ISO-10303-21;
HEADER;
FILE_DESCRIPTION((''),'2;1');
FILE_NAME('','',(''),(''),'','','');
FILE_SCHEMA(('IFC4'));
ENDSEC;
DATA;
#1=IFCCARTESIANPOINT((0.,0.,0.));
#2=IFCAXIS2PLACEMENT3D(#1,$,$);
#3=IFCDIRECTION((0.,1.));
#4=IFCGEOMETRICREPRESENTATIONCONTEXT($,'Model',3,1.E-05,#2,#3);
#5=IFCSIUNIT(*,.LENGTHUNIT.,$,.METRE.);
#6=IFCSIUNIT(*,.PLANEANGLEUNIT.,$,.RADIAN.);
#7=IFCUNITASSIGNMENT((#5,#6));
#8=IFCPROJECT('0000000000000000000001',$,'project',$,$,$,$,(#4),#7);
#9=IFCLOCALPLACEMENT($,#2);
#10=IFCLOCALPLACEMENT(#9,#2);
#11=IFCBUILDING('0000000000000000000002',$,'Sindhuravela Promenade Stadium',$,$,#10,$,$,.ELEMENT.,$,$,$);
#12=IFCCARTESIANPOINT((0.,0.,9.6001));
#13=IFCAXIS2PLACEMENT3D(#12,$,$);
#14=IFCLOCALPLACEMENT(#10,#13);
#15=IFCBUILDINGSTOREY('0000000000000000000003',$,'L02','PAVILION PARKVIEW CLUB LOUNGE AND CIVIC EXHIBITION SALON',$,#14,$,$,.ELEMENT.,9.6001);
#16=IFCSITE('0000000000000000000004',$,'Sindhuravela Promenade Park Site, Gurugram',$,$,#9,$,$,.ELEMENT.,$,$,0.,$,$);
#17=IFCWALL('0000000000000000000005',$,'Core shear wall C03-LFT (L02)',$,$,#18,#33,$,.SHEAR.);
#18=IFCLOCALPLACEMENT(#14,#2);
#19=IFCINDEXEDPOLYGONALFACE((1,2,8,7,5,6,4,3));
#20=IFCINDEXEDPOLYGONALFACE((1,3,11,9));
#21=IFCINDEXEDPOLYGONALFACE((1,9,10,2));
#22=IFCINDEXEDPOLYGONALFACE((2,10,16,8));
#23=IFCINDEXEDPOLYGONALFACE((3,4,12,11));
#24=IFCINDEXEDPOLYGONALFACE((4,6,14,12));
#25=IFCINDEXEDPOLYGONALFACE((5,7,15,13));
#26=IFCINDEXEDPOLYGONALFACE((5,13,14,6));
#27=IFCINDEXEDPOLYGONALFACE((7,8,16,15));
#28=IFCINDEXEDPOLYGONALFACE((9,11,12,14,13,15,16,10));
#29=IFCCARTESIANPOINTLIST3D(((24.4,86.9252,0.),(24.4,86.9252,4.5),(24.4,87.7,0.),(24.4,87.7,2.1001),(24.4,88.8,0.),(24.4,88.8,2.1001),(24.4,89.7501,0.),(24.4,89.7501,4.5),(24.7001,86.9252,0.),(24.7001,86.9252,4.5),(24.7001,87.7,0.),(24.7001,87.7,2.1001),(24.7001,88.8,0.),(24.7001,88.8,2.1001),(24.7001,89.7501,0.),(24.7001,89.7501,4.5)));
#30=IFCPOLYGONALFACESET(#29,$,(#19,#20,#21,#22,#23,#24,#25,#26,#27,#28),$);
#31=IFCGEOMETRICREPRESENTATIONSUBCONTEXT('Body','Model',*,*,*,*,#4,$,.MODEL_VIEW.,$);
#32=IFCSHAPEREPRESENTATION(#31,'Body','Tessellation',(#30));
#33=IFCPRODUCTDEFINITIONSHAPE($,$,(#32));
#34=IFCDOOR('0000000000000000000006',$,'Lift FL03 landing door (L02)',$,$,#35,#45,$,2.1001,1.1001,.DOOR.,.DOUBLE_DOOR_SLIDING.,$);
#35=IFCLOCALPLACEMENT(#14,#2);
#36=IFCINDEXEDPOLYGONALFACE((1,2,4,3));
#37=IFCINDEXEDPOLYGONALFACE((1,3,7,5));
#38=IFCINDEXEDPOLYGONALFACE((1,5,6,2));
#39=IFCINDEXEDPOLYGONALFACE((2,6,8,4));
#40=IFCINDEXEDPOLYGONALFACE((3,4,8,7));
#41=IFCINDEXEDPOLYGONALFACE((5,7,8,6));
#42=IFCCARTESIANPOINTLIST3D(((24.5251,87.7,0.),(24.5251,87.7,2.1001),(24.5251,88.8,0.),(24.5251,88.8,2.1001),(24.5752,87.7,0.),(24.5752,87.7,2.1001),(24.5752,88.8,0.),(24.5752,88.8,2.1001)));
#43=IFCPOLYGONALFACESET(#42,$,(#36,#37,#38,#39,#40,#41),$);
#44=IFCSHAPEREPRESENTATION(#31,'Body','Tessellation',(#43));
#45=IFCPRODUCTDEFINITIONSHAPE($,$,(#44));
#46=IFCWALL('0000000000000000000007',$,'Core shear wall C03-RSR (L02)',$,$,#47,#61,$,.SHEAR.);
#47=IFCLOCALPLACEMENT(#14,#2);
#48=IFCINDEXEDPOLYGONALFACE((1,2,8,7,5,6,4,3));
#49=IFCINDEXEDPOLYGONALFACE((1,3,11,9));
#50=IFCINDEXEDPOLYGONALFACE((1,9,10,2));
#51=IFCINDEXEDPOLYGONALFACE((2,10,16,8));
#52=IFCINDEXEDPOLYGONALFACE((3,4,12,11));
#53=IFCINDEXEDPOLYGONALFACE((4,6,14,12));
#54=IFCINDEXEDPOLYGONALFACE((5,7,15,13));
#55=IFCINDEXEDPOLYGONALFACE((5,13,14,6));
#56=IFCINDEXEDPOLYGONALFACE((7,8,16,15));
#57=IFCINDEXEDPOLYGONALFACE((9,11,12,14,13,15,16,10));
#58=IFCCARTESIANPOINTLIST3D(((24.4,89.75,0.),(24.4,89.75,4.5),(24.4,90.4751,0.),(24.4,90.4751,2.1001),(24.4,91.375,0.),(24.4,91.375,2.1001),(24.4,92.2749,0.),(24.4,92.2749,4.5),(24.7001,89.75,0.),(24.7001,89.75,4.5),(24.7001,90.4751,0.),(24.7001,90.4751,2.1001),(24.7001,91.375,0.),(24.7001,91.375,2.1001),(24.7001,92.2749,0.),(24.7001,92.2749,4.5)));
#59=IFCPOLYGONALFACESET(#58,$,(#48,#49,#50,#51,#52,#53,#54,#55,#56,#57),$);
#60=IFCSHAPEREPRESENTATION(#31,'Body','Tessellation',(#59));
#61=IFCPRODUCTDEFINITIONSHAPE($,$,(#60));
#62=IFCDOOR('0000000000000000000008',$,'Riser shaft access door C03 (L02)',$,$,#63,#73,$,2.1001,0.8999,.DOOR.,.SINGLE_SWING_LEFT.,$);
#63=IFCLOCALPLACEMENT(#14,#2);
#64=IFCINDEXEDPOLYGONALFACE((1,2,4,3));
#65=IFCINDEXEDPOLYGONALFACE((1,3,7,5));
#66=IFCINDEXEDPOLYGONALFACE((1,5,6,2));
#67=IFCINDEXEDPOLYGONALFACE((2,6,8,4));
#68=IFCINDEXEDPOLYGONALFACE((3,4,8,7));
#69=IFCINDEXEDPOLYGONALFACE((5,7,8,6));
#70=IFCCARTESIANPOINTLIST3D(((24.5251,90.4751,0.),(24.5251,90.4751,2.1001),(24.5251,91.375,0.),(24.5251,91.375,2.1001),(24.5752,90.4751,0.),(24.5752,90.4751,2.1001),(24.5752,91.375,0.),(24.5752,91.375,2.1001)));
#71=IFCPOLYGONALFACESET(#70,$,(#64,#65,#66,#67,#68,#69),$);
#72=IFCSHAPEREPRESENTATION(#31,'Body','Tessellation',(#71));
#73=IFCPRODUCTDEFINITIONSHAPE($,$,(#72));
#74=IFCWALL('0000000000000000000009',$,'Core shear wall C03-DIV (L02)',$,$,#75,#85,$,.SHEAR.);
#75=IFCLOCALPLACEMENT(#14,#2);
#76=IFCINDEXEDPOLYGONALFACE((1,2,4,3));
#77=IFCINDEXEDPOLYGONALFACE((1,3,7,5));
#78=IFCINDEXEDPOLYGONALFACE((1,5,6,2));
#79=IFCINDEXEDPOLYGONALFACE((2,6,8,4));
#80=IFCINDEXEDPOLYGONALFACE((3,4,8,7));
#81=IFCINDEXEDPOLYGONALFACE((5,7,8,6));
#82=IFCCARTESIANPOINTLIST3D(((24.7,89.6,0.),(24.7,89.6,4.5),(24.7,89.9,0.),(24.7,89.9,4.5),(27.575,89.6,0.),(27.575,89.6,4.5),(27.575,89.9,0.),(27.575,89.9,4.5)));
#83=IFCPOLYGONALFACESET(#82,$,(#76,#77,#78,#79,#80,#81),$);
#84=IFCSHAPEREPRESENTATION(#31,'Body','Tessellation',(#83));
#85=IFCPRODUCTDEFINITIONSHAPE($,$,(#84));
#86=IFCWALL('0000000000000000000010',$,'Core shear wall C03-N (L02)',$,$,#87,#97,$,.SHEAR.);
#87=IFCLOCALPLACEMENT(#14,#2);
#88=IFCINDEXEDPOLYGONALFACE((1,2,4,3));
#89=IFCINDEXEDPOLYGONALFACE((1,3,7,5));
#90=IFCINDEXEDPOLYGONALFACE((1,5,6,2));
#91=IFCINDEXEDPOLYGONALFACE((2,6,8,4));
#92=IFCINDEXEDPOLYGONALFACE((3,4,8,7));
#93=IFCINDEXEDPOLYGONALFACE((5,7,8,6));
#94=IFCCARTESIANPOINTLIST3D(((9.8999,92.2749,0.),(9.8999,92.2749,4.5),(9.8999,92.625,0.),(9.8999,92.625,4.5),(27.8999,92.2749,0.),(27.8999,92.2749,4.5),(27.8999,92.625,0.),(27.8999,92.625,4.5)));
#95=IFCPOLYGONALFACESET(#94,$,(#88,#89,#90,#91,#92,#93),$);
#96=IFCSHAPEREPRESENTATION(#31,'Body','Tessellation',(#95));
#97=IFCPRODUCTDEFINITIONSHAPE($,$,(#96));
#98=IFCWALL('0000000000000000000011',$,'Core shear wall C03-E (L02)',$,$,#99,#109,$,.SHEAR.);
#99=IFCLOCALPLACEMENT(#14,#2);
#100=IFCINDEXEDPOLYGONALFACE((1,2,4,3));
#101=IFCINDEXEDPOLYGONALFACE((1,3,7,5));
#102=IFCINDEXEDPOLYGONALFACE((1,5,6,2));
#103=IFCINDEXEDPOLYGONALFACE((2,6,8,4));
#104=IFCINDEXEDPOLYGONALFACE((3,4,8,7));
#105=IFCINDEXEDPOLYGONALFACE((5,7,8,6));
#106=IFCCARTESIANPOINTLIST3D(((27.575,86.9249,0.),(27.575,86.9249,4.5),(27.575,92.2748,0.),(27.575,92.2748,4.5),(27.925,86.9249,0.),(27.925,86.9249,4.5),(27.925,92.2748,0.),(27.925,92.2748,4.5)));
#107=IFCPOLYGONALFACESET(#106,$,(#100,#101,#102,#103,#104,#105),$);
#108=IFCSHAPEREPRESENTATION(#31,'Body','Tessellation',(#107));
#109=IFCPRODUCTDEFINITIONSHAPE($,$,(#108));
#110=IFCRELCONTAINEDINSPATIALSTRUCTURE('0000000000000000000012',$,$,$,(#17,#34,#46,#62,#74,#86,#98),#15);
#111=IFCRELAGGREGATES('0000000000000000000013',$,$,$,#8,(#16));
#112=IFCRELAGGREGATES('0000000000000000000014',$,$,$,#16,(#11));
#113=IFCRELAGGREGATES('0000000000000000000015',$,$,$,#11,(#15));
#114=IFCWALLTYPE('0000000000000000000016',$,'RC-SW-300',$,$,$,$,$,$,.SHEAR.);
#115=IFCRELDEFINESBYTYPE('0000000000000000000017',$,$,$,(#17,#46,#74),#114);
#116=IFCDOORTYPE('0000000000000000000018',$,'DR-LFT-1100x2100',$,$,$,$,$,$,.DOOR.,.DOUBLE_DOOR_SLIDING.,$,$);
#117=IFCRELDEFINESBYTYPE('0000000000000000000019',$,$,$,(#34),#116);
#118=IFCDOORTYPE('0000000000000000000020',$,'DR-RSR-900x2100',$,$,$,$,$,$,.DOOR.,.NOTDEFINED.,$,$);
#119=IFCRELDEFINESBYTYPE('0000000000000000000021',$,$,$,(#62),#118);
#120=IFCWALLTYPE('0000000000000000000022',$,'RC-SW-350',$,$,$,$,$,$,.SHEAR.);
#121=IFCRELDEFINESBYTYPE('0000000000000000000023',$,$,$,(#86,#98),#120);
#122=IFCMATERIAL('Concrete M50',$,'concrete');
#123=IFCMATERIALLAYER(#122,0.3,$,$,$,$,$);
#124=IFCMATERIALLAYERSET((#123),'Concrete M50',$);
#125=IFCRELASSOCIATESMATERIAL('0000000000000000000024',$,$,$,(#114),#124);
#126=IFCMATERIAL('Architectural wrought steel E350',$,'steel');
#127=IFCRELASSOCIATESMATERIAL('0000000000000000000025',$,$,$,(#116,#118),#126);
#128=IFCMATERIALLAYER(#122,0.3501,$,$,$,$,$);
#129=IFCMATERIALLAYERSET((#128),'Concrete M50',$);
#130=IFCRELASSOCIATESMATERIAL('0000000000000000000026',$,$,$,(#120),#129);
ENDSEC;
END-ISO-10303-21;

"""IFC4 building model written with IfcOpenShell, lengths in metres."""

from ifc_helpers import new_model, si_unit, direction, frame, frame_2d, origin, place, context, subcontext, project, spatial, rectangle, extrude, material, layer, layer_set, type_object, element, fill, save


model = new_model("IFC4")

# Units and contexts
model_context = context("Model", 3, precision=1e-05, world=origin(), true_north=direction((0.0, 1.0)))
body_context = subcontext(model_context, "Body", "Model", "MODEL_VIEW")
ifc_project = project(units=[si_unit("LENGTHUNIT", "METRE"), si_unit("PLANEANGLEUNIT", "RADIAN")], contexts=[model_context])

# Site, building, storey
site_placement = place(None, origin())
site = spatial("IfcSite", under=ifc_project, at=site_placement, Name="Sindhuravela Promenade Park Site, Gurugram", CompositionType="ELEMENT", RefElevation=0.0)
building_placement = place(site_placement, origin())
building = spatial("IfcBuilding", under=site, at=building_placement, Name="Sindhuravela Promenade Stadium", CompositionType="ELEMENT")
storey_placement = place(building_placement, frame((0.0, 0.0, 9.6001)))
storey = spatial("IfcBuildingStorey", under=building, at=storey_placement, Name="L02", Description="PAVILION PARKVIEW CLUB LOUNGE AND CIVIC EXHIBITION SALON", CompositionType="ELEMENT", Elevation=9.6001)

# Shared definitions
ifc_material_1 = material(Name="Concrete M50", Category="concrete")

# Walls, openings, doors
ifc_layer_1 = layer(ifc_material_1, 0.3)
ifc_layer_set_1 = layer_set([ifc_layer_1], Name="Concrete M50")
wall_type_1 = type_object("IfcWallType", Name="RC-SW-300", PredefinedType="SHEAR", material=ifc_layer_set_1)
wall_1_placement = place(storey_placement, frame((24.55, 86.925, 0.0), z_axis=(0.0, 0.0, 1.0), x_axis=(0.0, 1.0, 0.0)))
wall_1 = element("IfcWall", 1, at=wall_1_placement, inside=storey, type_object=wall_type_1, Name="Core shear wall C03-LFT (L02)", PredefinedType="SHEAR", context=body_context, shape_type="SweptSolid", body=[
    extrude(rectangle(XDim=2.825, YDim=0.3, at=frame_2d((1.4126, 0.0))), origin(), (0.0, 0.0, 1.0), 4.5),
])
opening_1_placement = place(wall_1_placement, frame((0.7749, 0.0, 0.0)))
opening_1 = element("IfcOpeningElement", 2, at=opening_1_placement, cuts=wall_1, PredefinedType="OPENING", context=body_context, shape_type="SweptSolid", body=[
    extrude(rectangle(XDim=1.1001, YDim=2.1001, at=frame_2d((0.55, 1.05))), frame((0.0, 0.1599, 0.0), z_axis=(0.0, -1.0, 0.0), x_axis=(1.0, 0.0, 0.0)), (0.0, 0.0, 1.0), 0.3201),
])
ifc_material_2 = material(Name="Architectural wrought steel E350", Category="steel")
door_type_1 = type_object("IfcDoorType", Name="DR-LFT-1100x2100", OperationType="DOUBLE_DOOR_SLIDING", PredefinedType="DOOR", material=ifc_material_2)
door_1_placement = place(opening_1_placement, origin())
door_1 = element("IfcDoor", 3, at=door_1_placement, inside=storey, type_object=door_type_1, Name="Lift FL03 landing door (L02)", OperationType="DOUBLE_DOOR_SLIDING", OverallHeight=2.1001, OverallWidth=1.1001, PredefinedType="DOOR", context=body_context, shape_type="SweptSolid", body=[
    extrude(rectangle(XDim=1.1001, YDim=2.1001, at=frame_2d((0.55, 1.05))), frame((0.0, 0.0249, 0.0), z_axis=(0.0, -1.0, 0.0), x_axis=(1.0, 0.0, 0.0)), (0.0, 0.0, 1.0), 0.05),
])
fill(opening_1, door_1)
wall_2_placement = place(storey_placement, frame((24.55, 89.75, 0.0), z_axis=(0.0, 0.0, 1.0), x_axis=(0.0, 1.0, 0.0)))
wall_2 = element("IfcWall", 4, at=wall_2_placement, inside=storey, type_object=wall_type_1, Name="Core shear wall C03-RSR (L02)", PredefinedType="SHEAR", context=body_context, shape_type="SweptSolid", body=[
    extrude(rectangle(XDim=2.5249, YDim=0.3, at=frame_2d((1.2625, 0.0))), origin(), (0.0, 0.0, 1.0), 4.5),
])
opening_2_placement = place(wall_2_placement, frame((0.7251, 0.0, 0.0)))
opening_2 = element("IfcOpeningElement", 5, at=opening_2_placement, cuts=wall_2, PredefinedType="OPENING", context=body_context, shape_type="SweptSolid", body=[
    extrude(rectangle(XDim=0.8999, YDim=2.1001, at=frame_2d((0.45, 1.05))), frame((0.0, 0.1599, 0.0), z_axis=(0.0, -1.0, 0.0), x_axis=(1.0, 0.0, 0.0)), (0.0, 0.0, 1.0), 0.3201),
])
door_type_2 = type_object("IfcDoorType", Name="DR-RSR-900x2100", OperationType="NOTDEFINED", PredefinedType="DOOR", material=ifc_material_2)
door_2_placement = place(opening_2_placement, origin())
door_2 = element("IfcDoor", 6, at=door_2_placement, inside=storey, type_object=door_type_2, Name="Riser shaft access door C03 (L02)", OperationType="SINGLE_SWING_LEFT", OverallHeight=2.1001, OverallWidth=0.8999, PredefinedType="DOOR", context=body_context, shape_type="SweptSolid", body=[
    extrude(rectangle(XDim=0.8999, YDim=2.1001, at=frame_2d((0.45, 1.05))), frame((0.0, 0.0249, 0.0), z_axis=(0.0, -1.0, 0.0), x_axis=(1.0, 0.0, 0.0)), (0.0, 0.0, 1.0), 0.05),
])
fill(opening_2, door_2)

# Walls
wall_3_placement = place(storey_placement, frame((24.7, 89.75, 0.0), z_axis=(0.0, 0.0, 1.0), x_axis=(1.0, 0.0, 0.0)))
element("IfcWall", 7, at=wall_3_placement, inside=storey, type_object=wall_type_1, Name="Core shear wall C03-DIV (L02)", PredefinedType="SHEAR", context=body_context, shape_type="SweptSolid", body=[
    extrude(rectangle(XDim=2.875, YDim=0.3, at=frame_2d((1.4375, 0.0))), origin(), (0.0, 0.0, 1.0), 4.5),
])
ifc_layer_2 = layer(ifc_material_1, 0.3501)
ifc_layer_set_2 = layer_set([ifc_layer_2], Name="Concrete M50")
wall_type_2 = type_object("IfcWallType", Name="RC-SW-350", PredefinedType="SHEAR", material=ifc_layer_set_2)
wall_4_placement = place(storey_placement, frame((27.8999, 92.45, 0.0), z_axis=(0.0, 0.0, 1.0), x_axis=(-1.0, 0.0, 0.0)))
element("IfcWall", 8, at=wall_4_placement, inside=storey, type_object=wall_type_2, Name="Core shear wall C03-N (L02)", PredefinedType="SHEAR", context=body_context, shape_type="SweptSolid", body=[
    extrude(rectangle(XDim=18.0, YDim=0.3501, at=frame_2d((9.0, 0.0))), origin(), (0.0, 0.0, 1.0), 4.5),
])
wall_5_placement = place(storey_placement, frame((27.75, 86.925, 0.0), z_axis=(0.0, 0.0, 1.0), x_axis=(0.0, 1.0, 0.0)))
element("IfcWall", 9, at=wall_5_placement, inside=storey, type_object=wall_type_2, Name="Core shear wall C03-E (L02)", PredefinedType="SHEAR", context=body_context, shape_type="SweptSolid", body=[
    extrude(rectangle(XDim=5.3499, YDim=0.3501, at=frame_2d((2.6748, 0.0))), origin(), (0.0, 0.0, 1.0), 4.5),
])

save(model, "model.ifc")
